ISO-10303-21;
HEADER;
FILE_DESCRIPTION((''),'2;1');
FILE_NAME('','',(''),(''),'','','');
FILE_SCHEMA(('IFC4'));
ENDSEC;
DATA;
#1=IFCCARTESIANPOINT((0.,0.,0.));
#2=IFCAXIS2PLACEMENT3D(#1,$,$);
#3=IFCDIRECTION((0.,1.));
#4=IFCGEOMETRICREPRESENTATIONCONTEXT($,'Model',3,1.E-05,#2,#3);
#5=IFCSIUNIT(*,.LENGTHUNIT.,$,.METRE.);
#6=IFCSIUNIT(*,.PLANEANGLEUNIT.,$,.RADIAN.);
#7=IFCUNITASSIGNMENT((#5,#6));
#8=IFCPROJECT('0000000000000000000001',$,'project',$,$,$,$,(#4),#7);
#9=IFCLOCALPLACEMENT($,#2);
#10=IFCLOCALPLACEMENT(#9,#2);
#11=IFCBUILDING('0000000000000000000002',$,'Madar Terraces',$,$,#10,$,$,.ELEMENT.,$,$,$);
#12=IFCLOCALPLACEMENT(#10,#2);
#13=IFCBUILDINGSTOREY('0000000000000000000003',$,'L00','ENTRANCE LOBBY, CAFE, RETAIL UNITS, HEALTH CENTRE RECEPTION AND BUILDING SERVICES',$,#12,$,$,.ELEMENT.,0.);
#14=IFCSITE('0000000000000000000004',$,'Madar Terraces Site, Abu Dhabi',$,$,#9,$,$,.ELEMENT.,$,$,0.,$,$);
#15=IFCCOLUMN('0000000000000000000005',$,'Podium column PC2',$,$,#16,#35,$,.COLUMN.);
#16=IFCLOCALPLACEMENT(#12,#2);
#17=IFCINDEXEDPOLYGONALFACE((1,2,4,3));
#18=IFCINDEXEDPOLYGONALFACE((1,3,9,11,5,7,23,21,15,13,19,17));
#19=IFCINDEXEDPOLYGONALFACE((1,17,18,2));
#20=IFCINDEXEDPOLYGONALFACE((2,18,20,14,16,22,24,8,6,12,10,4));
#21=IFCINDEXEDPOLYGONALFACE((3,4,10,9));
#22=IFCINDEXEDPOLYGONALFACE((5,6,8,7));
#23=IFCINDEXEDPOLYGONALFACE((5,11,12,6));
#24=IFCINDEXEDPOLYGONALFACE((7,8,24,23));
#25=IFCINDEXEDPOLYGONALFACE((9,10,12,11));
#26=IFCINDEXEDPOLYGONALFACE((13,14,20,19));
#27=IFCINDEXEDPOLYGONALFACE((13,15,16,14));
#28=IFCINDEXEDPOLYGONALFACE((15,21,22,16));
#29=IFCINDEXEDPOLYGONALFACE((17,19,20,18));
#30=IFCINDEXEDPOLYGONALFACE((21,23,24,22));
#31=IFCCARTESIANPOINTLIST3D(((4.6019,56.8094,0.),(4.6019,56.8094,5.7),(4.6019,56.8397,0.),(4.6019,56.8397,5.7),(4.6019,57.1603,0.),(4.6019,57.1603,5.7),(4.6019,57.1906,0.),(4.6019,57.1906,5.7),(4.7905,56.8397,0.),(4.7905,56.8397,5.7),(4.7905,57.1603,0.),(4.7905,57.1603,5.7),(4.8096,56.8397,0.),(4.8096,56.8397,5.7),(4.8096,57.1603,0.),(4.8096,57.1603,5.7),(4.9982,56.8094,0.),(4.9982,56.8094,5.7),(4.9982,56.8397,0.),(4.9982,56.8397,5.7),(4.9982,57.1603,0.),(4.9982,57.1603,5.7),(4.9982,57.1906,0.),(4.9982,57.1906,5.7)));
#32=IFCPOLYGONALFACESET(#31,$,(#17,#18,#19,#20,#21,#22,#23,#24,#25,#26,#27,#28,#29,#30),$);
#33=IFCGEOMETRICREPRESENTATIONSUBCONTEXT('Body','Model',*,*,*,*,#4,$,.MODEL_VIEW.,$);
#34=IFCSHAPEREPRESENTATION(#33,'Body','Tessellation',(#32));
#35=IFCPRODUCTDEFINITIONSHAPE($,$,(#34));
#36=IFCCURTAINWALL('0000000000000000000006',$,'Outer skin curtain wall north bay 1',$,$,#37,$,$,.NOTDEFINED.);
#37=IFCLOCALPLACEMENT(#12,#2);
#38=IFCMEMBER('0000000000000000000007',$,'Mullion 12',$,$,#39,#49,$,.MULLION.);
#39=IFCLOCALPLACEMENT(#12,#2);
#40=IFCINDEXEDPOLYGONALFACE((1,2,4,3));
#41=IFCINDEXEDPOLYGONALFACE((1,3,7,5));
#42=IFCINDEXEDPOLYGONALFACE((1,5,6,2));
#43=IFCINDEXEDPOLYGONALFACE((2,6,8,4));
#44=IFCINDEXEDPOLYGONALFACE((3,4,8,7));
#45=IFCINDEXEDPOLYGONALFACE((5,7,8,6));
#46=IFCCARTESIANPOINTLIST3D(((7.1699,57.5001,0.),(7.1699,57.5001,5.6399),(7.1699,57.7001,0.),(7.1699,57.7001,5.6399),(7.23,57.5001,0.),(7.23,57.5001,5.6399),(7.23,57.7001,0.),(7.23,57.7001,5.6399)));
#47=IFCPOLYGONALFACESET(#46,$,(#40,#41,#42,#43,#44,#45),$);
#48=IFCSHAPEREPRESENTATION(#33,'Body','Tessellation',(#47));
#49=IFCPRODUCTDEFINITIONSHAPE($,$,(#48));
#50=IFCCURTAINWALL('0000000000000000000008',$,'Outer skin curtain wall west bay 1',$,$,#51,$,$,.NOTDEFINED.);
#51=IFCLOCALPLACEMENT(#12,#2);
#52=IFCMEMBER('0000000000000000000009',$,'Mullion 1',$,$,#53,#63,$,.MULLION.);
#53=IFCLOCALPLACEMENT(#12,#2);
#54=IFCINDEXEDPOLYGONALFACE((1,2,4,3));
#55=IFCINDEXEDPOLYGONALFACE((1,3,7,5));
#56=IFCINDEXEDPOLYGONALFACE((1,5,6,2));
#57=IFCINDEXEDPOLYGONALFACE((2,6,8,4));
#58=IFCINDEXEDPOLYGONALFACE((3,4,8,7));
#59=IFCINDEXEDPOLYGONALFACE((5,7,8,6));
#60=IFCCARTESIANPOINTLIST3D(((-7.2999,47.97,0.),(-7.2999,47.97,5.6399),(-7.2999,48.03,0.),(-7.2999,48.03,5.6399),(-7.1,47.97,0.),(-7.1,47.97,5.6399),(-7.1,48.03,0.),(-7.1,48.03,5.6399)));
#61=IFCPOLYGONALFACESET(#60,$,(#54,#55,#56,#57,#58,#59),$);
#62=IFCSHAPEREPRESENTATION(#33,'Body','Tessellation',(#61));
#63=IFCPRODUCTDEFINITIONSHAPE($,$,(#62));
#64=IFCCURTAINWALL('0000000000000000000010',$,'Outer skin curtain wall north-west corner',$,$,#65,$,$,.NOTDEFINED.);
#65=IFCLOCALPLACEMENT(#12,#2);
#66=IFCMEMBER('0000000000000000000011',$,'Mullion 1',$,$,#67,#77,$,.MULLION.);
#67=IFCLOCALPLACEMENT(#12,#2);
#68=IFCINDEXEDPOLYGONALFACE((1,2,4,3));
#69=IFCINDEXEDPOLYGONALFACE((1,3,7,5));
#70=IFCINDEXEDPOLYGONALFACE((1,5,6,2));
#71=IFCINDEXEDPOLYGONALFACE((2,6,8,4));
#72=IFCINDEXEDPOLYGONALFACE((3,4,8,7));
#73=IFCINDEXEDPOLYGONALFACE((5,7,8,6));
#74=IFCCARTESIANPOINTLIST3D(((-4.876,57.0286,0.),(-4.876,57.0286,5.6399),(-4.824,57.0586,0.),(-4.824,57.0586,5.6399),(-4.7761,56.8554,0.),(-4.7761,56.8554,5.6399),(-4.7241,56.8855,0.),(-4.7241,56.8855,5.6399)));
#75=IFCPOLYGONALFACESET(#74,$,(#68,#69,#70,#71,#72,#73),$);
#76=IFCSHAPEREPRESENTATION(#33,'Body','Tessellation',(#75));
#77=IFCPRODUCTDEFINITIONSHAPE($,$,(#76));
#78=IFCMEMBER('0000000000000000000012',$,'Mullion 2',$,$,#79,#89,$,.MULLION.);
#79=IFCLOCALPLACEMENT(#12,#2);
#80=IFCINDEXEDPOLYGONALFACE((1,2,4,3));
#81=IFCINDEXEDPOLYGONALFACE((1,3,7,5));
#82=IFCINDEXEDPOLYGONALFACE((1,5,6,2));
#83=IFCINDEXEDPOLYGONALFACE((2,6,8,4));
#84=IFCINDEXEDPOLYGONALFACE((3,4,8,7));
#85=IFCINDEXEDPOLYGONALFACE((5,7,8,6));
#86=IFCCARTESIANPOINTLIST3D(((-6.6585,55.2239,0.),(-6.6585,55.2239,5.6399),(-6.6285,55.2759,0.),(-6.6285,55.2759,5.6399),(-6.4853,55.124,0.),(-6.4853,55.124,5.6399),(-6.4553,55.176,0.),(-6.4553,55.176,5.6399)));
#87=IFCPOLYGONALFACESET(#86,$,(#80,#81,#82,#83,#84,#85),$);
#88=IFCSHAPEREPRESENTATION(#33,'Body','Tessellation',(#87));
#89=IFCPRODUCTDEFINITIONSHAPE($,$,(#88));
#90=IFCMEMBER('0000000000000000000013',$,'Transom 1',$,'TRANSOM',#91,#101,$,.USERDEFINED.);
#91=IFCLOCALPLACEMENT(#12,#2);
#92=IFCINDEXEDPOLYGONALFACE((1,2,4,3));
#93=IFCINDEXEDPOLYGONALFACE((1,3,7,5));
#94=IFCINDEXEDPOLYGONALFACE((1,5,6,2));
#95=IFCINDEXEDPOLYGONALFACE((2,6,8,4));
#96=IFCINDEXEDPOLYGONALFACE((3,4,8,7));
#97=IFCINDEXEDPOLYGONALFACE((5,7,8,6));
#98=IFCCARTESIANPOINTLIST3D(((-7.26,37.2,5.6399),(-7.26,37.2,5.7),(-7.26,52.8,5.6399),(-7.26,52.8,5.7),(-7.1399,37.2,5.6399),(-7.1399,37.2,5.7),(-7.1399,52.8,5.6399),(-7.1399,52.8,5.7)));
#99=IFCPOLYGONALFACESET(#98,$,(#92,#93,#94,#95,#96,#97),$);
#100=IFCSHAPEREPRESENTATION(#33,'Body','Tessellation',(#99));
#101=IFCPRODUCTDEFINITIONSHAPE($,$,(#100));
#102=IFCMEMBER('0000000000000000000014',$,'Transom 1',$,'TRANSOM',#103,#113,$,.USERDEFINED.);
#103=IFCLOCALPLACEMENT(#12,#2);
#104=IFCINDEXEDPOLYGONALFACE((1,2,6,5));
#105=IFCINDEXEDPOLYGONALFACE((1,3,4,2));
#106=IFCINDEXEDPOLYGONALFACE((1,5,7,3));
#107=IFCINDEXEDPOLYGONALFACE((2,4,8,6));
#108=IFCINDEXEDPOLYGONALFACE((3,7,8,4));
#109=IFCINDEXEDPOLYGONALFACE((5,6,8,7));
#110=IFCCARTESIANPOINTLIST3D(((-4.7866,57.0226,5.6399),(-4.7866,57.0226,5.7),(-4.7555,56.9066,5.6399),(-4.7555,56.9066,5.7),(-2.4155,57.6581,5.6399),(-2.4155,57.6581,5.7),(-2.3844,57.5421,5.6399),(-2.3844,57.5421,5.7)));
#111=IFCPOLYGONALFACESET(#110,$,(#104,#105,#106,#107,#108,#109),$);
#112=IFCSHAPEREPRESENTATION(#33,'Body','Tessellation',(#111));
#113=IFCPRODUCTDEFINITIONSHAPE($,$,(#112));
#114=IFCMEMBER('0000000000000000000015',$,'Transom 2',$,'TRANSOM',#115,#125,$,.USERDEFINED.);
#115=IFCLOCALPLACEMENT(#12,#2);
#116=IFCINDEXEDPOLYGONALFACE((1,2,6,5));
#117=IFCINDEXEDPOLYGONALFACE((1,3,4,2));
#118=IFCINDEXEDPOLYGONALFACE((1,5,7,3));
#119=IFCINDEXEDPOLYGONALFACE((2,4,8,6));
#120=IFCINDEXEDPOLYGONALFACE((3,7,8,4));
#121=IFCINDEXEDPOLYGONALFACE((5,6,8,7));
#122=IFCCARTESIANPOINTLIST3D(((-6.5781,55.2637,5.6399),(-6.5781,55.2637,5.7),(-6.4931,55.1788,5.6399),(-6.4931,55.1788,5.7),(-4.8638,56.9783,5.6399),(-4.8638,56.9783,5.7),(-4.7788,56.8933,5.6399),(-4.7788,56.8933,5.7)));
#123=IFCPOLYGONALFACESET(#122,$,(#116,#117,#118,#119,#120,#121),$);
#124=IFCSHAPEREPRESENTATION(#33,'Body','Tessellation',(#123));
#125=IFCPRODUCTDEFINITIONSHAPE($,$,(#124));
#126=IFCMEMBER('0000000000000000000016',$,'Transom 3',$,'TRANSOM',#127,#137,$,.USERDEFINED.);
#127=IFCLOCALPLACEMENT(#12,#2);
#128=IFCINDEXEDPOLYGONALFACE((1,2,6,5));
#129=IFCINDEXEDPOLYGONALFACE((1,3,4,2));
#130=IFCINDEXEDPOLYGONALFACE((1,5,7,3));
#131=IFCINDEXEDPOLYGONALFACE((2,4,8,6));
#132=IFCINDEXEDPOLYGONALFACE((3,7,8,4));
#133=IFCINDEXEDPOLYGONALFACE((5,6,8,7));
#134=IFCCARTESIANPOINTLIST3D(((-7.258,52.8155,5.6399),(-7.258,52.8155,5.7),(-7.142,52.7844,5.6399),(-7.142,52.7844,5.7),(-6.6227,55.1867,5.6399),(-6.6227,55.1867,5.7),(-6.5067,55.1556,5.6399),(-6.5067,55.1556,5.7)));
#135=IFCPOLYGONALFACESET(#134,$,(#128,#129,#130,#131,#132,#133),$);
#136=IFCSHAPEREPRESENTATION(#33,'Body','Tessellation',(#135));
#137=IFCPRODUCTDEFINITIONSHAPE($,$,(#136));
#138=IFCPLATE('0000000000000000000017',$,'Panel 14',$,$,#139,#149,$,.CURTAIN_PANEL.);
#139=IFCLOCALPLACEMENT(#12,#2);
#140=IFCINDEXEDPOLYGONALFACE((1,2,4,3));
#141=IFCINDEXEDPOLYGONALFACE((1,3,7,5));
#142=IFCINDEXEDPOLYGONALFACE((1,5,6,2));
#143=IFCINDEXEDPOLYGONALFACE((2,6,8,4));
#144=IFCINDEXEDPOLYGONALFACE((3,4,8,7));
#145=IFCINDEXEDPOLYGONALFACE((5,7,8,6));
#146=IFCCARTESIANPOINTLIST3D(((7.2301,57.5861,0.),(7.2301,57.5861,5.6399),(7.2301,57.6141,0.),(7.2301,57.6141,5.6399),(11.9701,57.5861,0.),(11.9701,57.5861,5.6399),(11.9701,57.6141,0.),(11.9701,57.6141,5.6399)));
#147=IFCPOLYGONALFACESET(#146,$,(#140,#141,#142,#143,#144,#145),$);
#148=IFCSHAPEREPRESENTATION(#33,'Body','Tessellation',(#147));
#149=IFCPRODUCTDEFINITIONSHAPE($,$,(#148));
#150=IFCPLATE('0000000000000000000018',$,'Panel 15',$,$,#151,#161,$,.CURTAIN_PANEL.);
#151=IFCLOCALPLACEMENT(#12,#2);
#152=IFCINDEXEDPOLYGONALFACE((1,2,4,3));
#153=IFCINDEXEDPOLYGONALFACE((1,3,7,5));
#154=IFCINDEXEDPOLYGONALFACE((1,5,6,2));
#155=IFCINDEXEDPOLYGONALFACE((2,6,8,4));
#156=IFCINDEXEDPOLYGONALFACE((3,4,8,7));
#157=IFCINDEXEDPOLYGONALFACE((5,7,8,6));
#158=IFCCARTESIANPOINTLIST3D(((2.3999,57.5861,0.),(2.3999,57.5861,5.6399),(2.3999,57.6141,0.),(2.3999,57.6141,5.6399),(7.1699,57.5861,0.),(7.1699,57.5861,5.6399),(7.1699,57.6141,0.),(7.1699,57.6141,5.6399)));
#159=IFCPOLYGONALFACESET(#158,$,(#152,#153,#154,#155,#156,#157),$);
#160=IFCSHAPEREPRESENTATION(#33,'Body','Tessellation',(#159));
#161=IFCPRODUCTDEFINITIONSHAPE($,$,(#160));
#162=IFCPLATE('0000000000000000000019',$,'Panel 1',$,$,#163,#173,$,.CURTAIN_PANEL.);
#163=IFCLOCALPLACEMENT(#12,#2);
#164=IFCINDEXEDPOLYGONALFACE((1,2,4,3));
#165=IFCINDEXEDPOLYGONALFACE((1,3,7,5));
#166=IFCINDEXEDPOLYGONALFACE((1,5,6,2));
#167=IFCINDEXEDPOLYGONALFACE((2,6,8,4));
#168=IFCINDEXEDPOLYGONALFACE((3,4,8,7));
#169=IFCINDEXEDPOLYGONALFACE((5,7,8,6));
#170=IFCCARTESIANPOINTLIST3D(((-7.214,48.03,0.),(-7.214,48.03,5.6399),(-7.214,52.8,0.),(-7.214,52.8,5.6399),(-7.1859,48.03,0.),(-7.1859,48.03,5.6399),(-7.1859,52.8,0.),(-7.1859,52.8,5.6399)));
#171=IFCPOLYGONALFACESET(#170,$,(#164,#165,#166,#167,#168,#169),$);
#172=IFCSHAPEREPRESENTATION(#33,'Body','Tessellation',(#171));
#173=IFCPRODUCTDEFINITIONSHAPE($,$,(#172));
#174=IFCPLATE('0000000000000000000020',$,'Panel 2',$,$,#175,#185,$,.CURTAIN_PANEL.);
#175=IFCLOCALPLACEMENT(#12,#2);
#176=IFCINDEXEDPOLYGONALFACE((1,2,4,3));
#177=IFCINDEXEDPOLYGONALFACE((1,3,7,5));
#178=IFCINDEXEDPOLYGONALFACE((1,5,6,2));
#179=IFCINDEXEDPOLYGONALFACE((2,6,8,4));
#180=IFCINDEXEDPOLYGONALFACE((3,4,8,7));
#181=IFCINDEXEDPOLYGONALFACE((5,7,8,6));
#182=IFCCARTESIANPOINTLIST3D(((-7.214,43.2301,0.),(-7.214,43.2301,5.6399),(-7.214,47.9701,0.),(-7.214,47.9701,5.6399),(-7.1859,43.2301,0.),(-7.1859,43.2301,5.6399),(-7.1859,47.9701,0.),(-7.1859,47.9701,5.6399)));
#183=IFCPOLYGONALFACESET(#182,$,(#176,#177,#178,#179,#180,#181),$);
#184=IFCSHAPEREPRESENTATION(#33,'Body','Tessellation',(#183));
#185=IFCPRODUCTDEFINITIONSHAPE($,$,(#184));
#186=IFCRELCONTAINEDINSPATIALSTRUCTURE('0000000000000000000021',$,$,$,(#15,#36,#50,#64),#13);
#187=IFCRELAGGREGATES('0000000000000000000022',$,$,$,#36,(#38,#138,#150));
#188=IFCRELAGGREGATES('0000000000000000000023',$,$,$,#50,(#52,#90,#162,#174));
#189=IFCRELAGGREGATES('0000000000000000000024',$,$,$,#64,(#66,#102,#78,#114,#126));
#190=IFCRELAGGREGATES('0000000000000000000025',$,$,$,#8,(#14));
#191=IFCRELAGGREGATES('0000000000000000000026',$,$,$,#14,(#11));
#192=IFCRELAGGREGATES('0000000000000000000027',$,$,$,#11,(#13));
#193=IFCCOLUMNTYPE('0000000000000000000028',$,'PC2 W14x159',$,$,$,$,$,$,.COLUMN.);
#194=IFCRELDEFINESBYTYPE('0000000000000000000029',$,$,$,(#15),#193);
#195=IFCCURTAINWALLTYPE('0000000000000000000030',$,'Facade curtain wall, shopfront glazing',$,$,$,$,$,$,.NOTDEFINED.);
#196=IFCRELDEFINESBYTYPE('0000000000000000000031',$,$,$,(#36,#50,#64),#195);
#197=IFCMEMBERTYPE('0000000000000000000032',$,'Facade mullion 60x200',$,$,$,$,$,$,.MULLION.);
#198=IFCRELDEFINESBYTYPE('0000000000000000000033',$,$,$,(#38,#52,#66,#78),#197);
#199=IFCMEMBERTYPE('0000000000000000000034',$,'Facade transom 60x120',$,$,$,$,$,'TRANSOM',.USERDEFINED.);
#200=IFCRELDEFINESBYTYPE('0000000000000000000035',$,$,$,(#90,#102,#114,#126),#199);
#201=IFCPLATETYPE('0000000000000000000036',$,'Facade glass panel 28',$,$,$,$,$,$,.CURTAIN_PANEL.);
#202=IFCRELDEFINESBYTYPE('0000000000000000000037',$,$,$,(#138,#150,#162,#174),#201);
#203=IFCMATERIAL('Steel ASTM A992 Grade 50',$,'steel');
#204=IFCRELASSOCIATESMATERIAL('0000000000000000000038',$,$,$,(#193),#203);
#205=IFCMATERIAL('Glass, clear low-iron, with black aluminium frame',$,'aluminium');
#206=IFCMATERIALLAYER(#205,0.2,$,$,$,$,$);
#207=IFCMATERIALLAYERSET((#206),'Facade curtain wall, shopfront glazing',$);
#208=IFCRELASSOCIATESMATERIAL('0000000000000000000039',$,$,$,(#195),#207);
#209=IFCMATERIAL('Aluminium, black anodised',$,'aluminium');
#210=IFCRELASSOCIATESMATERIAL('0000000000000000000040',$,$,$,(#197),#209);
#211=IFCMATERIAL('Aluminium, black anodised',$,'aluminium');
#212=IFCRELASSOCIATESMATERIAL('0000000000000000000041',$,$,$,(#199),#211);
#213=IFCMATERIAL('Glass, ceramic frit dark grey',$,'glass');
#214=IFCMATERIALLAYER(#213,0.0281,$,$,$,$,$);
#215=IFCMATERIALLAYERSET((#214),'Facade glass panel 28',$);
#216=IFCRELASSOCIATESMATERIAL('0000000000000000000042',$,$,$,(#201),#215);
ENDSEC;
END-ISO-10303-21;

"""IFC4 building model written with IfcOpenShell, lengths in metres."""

from ifc_helpers import new_model, si_unit, direction, frame, origin, origin_2d, place, context, subcontext, project, spatial, rectangle, i_section, extrude, material, layer, layer_set, material_profile, profile_set, type_object, element, aggregate, save


model = new_model("IFC4")

# Units and contexts
model_context = context("Model", 3, precision=1e-05, world=origin(), true_north=direction((0.0, 1.0)))
body_context = subcontext(model_context, "Body", "Model", "MODEL_VIEW")
ifc_project = project(units=[si_unit("LENGTHUNIT", "METRE"), si_unit("PLANEANGLEUNIT", "RADIAN")], contexts=[model_context])

# Site, building, storey
site_placement = place(None, origin())
site = spatial("IfcSite", under=ifc_project, at=site_placement, Name="Madar Terraces Site, Abu Dhabi", CompositionType="ELEMENT", RefElevation=0.0)
building_placement = place(site_placement, origin())
building = spatial("IfcBuilding", under=site, at=building_placement, Name="Madar Terraces", CompositionType="ELEMENT")
storey_placement = place(building_placement, origin())
storey = spatial("IfcBuildingStorey", under=building, at=storey_placement, Name="L00", Description="ENTRANCE LOBBY, CAFE, RETAIL UNITS, HEALTH CENTRE RECEPTION AND BUILDING SERVICES", CompositionType="ELEMENT", Elevation=0.0)

# Column
ifc_material_1 = material(Name="Steel ASTM A992 Grade 50", Category="steel")
ifc_material_profile_1 = material_profile(ifc_material_1, i_section(OverallWidth=0.3962, OverallDepth=0.3811, WebThickness=0.019, FlangeThickness=0.0303, at=origin_2d()), Name="W14x159")
ifc_profile_set_1 = profile_set([ifc_material_profile_1], Name="Steel ASTM A992 Grade 50")
column_type_1 = type_object("IfcColumnType", Name="PC2 W14x159", PredefinedType="COLUMN", material=ifc_profile_set_1)
for number, where, z_axis, x_axis, name in (
    (1, (4.8, 57.0, 0.0), (0.0, 0.0, 1.0), (1.0, 0.0, 0.0), "Podium column PC2"),
):
    element("IfcColumn", number, at=place(storey_placement, frame(where, z_axis=z_axis, x_axis=x_axis)), inside=storey, type_object=column_type_1, Name=name, PredefinedType="COLUMN", context=body_context, shape_type="SweptSolid", body=[
        extrude(i_section(OverallWidth=0.3962, OverallDepth=0.3811, WebThickness=0.019, FlangeThickness=0.0303, at=origin_2d()), origin(), (0.0, 0.0, 1.0), 5.7),
    ])

# Curtain walls, members
ifc_material_2 = material(Name="Glass, clear low-iron, with black aluminium frame", Category="aluminium")
ifc_layer_1 = layer(ifc_material_2, 0.2)
ifc_layer_set_1 = layer_set([ifc_layer_1], Name="Facade curtain wall, shopfront glazing")
curtain_wall_type = type_object("IfcCurtainWallType", Name="Facade curtain wall, shopfront glazing", PredefinedType="NOTDEFINED", material=ifc_layer_set_1)
curtain_wall_1_placement = place(storey_placement, origin())
curtain_wall_1 = element("IfcCurtainWall", 2, at=curtain_wall_1_placement, inside=storey, type_object=curtain_wall_type, Name="Outer skin curtain wall north bay 1", PredefinedType="NOTDEFINED")
ifc_material_3 = material(Name="Aluminium, black anodised", Category="aluminium")
ifc_material_profile_2 = material_profile(ifc_material_3, rectangle(XDim=0.2, YDim=0.0601, at=origin_2d()), Name="Facade mullion 60x200")
ifc_profile_set_2 = profile_set([ifc_material_profile_2], Name="Aluminium, black anodised")
member_type_1 = type_object("IfcMemberType", Name="Facade mullion 60x200", PredefinedType="MULLION", material=ifc_profile_set_2)
member_1_placement = place(storey_placement, frame((7.2, 57.6001, 0.0), z_axis=(0.0, 0.0, 1.0), x_axis=(0.0, -1.0, 0.0)))
member_1 = element("IfcMember", 3, at=member_1_placement, type_object=member_type_1, Name="Mullion 12", PredefinedType="MULLION", context=body_context, shape_type="SweptSolid", body=[
    extrude(rectangle(XDim=0.2, YDim=0.0601, at=origin_2d()), origin(), (0.0, 0.0, 1.0), 5.6399),
])
curtain_wall_2_placement = place(storey_placement, origin())
curtain_wall_2 = element("IfcCurtainWall", 4, at=curtain_wall_2_placement, inside=storey, type_object=curtain_wall_type, Name="Outer skin curtain wall west bay 1", PredefinedType="NOTDEFINED")
member_2_placement = place(storey_placement, frame((-7.2, 48.0, 0.0), z_axis=(0.0, 0.0, 1.0), x_axis=(1.0, 0.0, 0.0)))
member_2 = element("IfcMember", 5, at=member_2_placement, type_object=member_type_1, Name="Mullion 1", PredefinedType="MULLION", context=body_context, shape_type="SweptSolid", body=[
    extrude(rectangle(XDim=0.2, YDim=0.0601, at=origin_2d()), origin(), (0.0, 0.0, 1.0), 5.6399),
])

# Curtain wall, members
curtain_wall_3_placement = place(storey_placement, origin())
curtain_wall_3 = element("IfcCurtainWall", 6, at=curtain_wall_3_placement, inside=storey, type_object=curtain_wall_type, Name="Outer skin curtain wall north-west corner", PredefinedType="NOTDEFINED")
member_3_placement = place(storey_placement, frame((-4.8, 56.957, 0.0), z_axis=(0.0, 0.0, 1.0), x_axis=(0.5, -0.866025, 0.0)))
member_3 = element("IfcMember", 7, at=member_3_placement, type_object=member_type_1, Name="Mullion 1", PredefinedType="MULLION", context=body_context, shape_type="SweptSolid", body=[
    extrude(rectangle(XDim=0.2, YDim=0.0601, at=origin_2d()), origin(), (0.0, 0.0, 1.0), 5.6399),
])
member_4_placement = place(storey_placement, frame((-6.5569, 55.2, 0.0), z_axis=(0.0, 0.0, 1.0), x_axis=(0.866025, -0.5, 0.0)))
member_4 = element("IfcMember", 8, at=member_4_placement, type_object=member_type_1, Name="Mullion 2", PredefinedType="MULLION", context=body_context, shape_type="SweptSolid", body=[
    extrude(rectangle(XDim=0.2, YDim=0.0601, at=origin_2d()), origin(), (0.0, 0.0, 1.0), 5.6399),
])

# Members
ifc_material_4 = material(Name="Aluminium, black anodised", Category="aluminium")
ifc_material_profile_3 = material_profile(ifc_material_4, rectangle(XDim=0.1201, YDim=0.0601, at=origin_2d()), Name="Facade transom 60x120")
ifc_profile_set_3 = profile_set([ifc_material_profile_3], Name="Aluminium, black anodised")
member_type_2 = type_object("IfcMemberType", Name="Facade transom 60x120", ElementType="TRANSOM", PredefinedType="USERDEFINED", material=ifc_profile_set_3)
member_5_placement = place(storey_placement, frame((-7.2, 52.8, 5.6699), z_axis=(0.0, -1.0, 0.0), x_axis=(1.0, 0.0, 0.0)))
member_5 = element("IfcMember", 9, at=member_5_placement, type_object=member_type_2, Name="Transom 1", ObjectType="TRANSOM", PredefinedType="USERDEFINED", context=body_context, shape_type="SweptSolid", body=[
    extrude(rectangle(XDim=0.1201, YDim=0.0601, at=origin_2d()), origin(), (0.0, 0.0, 1.0), 15.6001),
])
member_6_placement = place(storey_placement, frame((-2.3999, 57.6001, 5.6699), z_axis=(-0.965909, -0.258882, 0.0), x_axis=(0.258882, -0.965909, 0.0)))
member_6 = element("IfcMember", 10, at=member_6_placement, type_object=member_type_2, Name="Transom 1", ObjectType="TRANSOM", PredefinedType="USERDEFINED", context=body_context, shape_type="SweptSolid", body=[
    extrude(rectangle(XDim=0.1201, YDim=0.0601, at=origin_2d()), origin(), (0.0, 0.0, 1.0), 2.4548),
])
member_7_placement = place(storey_placement, frame((-4.8213, 56.9358, 5.6699), z_axis=(-0.707056, -0.707157, 0.0), x_axis=(0.707157, -0.707056, 0.0)))
member_7 = element("IfcMember", 11, at=member_7_placement, type_object=member_type_2, Name="Transom 2", ObjectType="TRANSOM", PredefinedType="USERDEFINED", context=body_context, shape_type="SweptSolid", body=[
    extrude(rectangle(XDim=0.1201, YDim=0.0601, at=origin_2d()), origin(), (0.0, 0.0, 1.0), 2.4246),
])
member_8_placement = place(storey_placement, frame((-6.5647, 55.1711, 5.6699), z_axis=(-0.258789, -0.965934, 0.0), x_axis=(0.965934, -0.258789, 0.0)))
member_8 = element("IfcMember", 12, at=member_8_placement, type_object=member_type_2, Name="Transom 3", ObjectType="TRANSOM", PredefinedType="USERDEFINED", context=body_context, shape_type="SweptSolid", body=[
    extrude(rectangle(XDim=0.1201, YDim=0.0601, at=origin_2d()), origin(), (0.0, 0.0, 1.0), 2.4548),
])

# Plates
ifc_material_5 = material(Name="Glass, ceramic frit dark grey", Category="glass")
ifc_layer_2 = layer(ifc_material_5, 0.0281)
ifc_layer_set_2 = layer_set([ifc_layer_2], Name="Facade glass panel 28")
plate_type = type_object("IfcPlateType", Name="Facade glass panel 28", PredefinedType="CURTAIN_PANEL", material=ifc_layer_set_2)
plate_1_placement = place(storey_placement, frame((9.6001, 57.6001, 0.0), z_axis=(0.0, 0.0, 1.0), x_axis=(-1.0, 0.0, 0.0)))
plate_1 = element("IfcPlate", 13, at=plate_1_placement, type_object=plate_type, Name="Panel 14", PredefinedType="CURTAIN_PANEL", context=body_context, shape_type="SweptSolid", body=[
    extrude(rectangle(XDim=4.74, YDim=0.0281, at=origin_2d()), origin(), (0.0, 0.0, 1.0), 5.6399),
])
plate_2_placement = place(storey_placement, frame((4.7849, 57.6001, 0.0), z_axis=(0.0, 0.0, 1.0), x_axis=(-1.0, 0.0, 0.0)))
plate_2 = element("IfcPlate", 14, at=plate_2_placement, type_object=plate_type, Name="Panel 15", PredefinedType="CURTAIN_PANEL", context=body_context, shape_type="SweptSolid", body=[
    extrude(rectangle(XDim=4.77, YDim=0.0281, at=origin_2d()), origin(), (0.0, 0.0, 1.0), 5.6399),
])
aggregate(curtain_wall_1, [member_1, plate_1, plate_2])
plate_3_placement = place(storey_placement, frame((-7.2, 50.415, 0.0), z_axis=(0.0, 0.0, 1.0), x_axis=(0.0, -1.0, 0.0)))
plate_3 = element("IfcPlate", 15, at=plate_3_placement, type_object=plate_type, Name="Panel 1", PredefinedType="CURTAIN_PANEL", context=body_context, shape_type="SweptSolid", body=[
    extrude(rectangle(XDim=4.77, YDim=0.0281, at=origin_2d()), origin(), (0.0, 0.0, 1.0), 5.6399),
])
plate_4_placement = place(storey_placement, frame((-7.2, 45.6001, 0.0), z_axis=(0.0, 0.0, 1.0), x_axis=(0.0, -1.0, 0.0)))
plate_4 = element("IfcPlate", 16, at=plate_4_placement, type_object=plate_type, Name="Panel 2", PredefinedType="CURTAIN_PANEL", context=body_context, shape_type="SweptSolid", body=[
    extrude(rectangle(XDim=4.74, YDim=0.0281, at=origin_2d()), origin(), (0.0, 0.0, 1.0), 5.6399),
])
aggregate(curtain_wall_2, [member_2, member_5, plate_3, plate_4])
aggregate(curtain_wall_3, [member_3, member_6, member_4, member_7, member_8])

save(model, "model.ifc")
